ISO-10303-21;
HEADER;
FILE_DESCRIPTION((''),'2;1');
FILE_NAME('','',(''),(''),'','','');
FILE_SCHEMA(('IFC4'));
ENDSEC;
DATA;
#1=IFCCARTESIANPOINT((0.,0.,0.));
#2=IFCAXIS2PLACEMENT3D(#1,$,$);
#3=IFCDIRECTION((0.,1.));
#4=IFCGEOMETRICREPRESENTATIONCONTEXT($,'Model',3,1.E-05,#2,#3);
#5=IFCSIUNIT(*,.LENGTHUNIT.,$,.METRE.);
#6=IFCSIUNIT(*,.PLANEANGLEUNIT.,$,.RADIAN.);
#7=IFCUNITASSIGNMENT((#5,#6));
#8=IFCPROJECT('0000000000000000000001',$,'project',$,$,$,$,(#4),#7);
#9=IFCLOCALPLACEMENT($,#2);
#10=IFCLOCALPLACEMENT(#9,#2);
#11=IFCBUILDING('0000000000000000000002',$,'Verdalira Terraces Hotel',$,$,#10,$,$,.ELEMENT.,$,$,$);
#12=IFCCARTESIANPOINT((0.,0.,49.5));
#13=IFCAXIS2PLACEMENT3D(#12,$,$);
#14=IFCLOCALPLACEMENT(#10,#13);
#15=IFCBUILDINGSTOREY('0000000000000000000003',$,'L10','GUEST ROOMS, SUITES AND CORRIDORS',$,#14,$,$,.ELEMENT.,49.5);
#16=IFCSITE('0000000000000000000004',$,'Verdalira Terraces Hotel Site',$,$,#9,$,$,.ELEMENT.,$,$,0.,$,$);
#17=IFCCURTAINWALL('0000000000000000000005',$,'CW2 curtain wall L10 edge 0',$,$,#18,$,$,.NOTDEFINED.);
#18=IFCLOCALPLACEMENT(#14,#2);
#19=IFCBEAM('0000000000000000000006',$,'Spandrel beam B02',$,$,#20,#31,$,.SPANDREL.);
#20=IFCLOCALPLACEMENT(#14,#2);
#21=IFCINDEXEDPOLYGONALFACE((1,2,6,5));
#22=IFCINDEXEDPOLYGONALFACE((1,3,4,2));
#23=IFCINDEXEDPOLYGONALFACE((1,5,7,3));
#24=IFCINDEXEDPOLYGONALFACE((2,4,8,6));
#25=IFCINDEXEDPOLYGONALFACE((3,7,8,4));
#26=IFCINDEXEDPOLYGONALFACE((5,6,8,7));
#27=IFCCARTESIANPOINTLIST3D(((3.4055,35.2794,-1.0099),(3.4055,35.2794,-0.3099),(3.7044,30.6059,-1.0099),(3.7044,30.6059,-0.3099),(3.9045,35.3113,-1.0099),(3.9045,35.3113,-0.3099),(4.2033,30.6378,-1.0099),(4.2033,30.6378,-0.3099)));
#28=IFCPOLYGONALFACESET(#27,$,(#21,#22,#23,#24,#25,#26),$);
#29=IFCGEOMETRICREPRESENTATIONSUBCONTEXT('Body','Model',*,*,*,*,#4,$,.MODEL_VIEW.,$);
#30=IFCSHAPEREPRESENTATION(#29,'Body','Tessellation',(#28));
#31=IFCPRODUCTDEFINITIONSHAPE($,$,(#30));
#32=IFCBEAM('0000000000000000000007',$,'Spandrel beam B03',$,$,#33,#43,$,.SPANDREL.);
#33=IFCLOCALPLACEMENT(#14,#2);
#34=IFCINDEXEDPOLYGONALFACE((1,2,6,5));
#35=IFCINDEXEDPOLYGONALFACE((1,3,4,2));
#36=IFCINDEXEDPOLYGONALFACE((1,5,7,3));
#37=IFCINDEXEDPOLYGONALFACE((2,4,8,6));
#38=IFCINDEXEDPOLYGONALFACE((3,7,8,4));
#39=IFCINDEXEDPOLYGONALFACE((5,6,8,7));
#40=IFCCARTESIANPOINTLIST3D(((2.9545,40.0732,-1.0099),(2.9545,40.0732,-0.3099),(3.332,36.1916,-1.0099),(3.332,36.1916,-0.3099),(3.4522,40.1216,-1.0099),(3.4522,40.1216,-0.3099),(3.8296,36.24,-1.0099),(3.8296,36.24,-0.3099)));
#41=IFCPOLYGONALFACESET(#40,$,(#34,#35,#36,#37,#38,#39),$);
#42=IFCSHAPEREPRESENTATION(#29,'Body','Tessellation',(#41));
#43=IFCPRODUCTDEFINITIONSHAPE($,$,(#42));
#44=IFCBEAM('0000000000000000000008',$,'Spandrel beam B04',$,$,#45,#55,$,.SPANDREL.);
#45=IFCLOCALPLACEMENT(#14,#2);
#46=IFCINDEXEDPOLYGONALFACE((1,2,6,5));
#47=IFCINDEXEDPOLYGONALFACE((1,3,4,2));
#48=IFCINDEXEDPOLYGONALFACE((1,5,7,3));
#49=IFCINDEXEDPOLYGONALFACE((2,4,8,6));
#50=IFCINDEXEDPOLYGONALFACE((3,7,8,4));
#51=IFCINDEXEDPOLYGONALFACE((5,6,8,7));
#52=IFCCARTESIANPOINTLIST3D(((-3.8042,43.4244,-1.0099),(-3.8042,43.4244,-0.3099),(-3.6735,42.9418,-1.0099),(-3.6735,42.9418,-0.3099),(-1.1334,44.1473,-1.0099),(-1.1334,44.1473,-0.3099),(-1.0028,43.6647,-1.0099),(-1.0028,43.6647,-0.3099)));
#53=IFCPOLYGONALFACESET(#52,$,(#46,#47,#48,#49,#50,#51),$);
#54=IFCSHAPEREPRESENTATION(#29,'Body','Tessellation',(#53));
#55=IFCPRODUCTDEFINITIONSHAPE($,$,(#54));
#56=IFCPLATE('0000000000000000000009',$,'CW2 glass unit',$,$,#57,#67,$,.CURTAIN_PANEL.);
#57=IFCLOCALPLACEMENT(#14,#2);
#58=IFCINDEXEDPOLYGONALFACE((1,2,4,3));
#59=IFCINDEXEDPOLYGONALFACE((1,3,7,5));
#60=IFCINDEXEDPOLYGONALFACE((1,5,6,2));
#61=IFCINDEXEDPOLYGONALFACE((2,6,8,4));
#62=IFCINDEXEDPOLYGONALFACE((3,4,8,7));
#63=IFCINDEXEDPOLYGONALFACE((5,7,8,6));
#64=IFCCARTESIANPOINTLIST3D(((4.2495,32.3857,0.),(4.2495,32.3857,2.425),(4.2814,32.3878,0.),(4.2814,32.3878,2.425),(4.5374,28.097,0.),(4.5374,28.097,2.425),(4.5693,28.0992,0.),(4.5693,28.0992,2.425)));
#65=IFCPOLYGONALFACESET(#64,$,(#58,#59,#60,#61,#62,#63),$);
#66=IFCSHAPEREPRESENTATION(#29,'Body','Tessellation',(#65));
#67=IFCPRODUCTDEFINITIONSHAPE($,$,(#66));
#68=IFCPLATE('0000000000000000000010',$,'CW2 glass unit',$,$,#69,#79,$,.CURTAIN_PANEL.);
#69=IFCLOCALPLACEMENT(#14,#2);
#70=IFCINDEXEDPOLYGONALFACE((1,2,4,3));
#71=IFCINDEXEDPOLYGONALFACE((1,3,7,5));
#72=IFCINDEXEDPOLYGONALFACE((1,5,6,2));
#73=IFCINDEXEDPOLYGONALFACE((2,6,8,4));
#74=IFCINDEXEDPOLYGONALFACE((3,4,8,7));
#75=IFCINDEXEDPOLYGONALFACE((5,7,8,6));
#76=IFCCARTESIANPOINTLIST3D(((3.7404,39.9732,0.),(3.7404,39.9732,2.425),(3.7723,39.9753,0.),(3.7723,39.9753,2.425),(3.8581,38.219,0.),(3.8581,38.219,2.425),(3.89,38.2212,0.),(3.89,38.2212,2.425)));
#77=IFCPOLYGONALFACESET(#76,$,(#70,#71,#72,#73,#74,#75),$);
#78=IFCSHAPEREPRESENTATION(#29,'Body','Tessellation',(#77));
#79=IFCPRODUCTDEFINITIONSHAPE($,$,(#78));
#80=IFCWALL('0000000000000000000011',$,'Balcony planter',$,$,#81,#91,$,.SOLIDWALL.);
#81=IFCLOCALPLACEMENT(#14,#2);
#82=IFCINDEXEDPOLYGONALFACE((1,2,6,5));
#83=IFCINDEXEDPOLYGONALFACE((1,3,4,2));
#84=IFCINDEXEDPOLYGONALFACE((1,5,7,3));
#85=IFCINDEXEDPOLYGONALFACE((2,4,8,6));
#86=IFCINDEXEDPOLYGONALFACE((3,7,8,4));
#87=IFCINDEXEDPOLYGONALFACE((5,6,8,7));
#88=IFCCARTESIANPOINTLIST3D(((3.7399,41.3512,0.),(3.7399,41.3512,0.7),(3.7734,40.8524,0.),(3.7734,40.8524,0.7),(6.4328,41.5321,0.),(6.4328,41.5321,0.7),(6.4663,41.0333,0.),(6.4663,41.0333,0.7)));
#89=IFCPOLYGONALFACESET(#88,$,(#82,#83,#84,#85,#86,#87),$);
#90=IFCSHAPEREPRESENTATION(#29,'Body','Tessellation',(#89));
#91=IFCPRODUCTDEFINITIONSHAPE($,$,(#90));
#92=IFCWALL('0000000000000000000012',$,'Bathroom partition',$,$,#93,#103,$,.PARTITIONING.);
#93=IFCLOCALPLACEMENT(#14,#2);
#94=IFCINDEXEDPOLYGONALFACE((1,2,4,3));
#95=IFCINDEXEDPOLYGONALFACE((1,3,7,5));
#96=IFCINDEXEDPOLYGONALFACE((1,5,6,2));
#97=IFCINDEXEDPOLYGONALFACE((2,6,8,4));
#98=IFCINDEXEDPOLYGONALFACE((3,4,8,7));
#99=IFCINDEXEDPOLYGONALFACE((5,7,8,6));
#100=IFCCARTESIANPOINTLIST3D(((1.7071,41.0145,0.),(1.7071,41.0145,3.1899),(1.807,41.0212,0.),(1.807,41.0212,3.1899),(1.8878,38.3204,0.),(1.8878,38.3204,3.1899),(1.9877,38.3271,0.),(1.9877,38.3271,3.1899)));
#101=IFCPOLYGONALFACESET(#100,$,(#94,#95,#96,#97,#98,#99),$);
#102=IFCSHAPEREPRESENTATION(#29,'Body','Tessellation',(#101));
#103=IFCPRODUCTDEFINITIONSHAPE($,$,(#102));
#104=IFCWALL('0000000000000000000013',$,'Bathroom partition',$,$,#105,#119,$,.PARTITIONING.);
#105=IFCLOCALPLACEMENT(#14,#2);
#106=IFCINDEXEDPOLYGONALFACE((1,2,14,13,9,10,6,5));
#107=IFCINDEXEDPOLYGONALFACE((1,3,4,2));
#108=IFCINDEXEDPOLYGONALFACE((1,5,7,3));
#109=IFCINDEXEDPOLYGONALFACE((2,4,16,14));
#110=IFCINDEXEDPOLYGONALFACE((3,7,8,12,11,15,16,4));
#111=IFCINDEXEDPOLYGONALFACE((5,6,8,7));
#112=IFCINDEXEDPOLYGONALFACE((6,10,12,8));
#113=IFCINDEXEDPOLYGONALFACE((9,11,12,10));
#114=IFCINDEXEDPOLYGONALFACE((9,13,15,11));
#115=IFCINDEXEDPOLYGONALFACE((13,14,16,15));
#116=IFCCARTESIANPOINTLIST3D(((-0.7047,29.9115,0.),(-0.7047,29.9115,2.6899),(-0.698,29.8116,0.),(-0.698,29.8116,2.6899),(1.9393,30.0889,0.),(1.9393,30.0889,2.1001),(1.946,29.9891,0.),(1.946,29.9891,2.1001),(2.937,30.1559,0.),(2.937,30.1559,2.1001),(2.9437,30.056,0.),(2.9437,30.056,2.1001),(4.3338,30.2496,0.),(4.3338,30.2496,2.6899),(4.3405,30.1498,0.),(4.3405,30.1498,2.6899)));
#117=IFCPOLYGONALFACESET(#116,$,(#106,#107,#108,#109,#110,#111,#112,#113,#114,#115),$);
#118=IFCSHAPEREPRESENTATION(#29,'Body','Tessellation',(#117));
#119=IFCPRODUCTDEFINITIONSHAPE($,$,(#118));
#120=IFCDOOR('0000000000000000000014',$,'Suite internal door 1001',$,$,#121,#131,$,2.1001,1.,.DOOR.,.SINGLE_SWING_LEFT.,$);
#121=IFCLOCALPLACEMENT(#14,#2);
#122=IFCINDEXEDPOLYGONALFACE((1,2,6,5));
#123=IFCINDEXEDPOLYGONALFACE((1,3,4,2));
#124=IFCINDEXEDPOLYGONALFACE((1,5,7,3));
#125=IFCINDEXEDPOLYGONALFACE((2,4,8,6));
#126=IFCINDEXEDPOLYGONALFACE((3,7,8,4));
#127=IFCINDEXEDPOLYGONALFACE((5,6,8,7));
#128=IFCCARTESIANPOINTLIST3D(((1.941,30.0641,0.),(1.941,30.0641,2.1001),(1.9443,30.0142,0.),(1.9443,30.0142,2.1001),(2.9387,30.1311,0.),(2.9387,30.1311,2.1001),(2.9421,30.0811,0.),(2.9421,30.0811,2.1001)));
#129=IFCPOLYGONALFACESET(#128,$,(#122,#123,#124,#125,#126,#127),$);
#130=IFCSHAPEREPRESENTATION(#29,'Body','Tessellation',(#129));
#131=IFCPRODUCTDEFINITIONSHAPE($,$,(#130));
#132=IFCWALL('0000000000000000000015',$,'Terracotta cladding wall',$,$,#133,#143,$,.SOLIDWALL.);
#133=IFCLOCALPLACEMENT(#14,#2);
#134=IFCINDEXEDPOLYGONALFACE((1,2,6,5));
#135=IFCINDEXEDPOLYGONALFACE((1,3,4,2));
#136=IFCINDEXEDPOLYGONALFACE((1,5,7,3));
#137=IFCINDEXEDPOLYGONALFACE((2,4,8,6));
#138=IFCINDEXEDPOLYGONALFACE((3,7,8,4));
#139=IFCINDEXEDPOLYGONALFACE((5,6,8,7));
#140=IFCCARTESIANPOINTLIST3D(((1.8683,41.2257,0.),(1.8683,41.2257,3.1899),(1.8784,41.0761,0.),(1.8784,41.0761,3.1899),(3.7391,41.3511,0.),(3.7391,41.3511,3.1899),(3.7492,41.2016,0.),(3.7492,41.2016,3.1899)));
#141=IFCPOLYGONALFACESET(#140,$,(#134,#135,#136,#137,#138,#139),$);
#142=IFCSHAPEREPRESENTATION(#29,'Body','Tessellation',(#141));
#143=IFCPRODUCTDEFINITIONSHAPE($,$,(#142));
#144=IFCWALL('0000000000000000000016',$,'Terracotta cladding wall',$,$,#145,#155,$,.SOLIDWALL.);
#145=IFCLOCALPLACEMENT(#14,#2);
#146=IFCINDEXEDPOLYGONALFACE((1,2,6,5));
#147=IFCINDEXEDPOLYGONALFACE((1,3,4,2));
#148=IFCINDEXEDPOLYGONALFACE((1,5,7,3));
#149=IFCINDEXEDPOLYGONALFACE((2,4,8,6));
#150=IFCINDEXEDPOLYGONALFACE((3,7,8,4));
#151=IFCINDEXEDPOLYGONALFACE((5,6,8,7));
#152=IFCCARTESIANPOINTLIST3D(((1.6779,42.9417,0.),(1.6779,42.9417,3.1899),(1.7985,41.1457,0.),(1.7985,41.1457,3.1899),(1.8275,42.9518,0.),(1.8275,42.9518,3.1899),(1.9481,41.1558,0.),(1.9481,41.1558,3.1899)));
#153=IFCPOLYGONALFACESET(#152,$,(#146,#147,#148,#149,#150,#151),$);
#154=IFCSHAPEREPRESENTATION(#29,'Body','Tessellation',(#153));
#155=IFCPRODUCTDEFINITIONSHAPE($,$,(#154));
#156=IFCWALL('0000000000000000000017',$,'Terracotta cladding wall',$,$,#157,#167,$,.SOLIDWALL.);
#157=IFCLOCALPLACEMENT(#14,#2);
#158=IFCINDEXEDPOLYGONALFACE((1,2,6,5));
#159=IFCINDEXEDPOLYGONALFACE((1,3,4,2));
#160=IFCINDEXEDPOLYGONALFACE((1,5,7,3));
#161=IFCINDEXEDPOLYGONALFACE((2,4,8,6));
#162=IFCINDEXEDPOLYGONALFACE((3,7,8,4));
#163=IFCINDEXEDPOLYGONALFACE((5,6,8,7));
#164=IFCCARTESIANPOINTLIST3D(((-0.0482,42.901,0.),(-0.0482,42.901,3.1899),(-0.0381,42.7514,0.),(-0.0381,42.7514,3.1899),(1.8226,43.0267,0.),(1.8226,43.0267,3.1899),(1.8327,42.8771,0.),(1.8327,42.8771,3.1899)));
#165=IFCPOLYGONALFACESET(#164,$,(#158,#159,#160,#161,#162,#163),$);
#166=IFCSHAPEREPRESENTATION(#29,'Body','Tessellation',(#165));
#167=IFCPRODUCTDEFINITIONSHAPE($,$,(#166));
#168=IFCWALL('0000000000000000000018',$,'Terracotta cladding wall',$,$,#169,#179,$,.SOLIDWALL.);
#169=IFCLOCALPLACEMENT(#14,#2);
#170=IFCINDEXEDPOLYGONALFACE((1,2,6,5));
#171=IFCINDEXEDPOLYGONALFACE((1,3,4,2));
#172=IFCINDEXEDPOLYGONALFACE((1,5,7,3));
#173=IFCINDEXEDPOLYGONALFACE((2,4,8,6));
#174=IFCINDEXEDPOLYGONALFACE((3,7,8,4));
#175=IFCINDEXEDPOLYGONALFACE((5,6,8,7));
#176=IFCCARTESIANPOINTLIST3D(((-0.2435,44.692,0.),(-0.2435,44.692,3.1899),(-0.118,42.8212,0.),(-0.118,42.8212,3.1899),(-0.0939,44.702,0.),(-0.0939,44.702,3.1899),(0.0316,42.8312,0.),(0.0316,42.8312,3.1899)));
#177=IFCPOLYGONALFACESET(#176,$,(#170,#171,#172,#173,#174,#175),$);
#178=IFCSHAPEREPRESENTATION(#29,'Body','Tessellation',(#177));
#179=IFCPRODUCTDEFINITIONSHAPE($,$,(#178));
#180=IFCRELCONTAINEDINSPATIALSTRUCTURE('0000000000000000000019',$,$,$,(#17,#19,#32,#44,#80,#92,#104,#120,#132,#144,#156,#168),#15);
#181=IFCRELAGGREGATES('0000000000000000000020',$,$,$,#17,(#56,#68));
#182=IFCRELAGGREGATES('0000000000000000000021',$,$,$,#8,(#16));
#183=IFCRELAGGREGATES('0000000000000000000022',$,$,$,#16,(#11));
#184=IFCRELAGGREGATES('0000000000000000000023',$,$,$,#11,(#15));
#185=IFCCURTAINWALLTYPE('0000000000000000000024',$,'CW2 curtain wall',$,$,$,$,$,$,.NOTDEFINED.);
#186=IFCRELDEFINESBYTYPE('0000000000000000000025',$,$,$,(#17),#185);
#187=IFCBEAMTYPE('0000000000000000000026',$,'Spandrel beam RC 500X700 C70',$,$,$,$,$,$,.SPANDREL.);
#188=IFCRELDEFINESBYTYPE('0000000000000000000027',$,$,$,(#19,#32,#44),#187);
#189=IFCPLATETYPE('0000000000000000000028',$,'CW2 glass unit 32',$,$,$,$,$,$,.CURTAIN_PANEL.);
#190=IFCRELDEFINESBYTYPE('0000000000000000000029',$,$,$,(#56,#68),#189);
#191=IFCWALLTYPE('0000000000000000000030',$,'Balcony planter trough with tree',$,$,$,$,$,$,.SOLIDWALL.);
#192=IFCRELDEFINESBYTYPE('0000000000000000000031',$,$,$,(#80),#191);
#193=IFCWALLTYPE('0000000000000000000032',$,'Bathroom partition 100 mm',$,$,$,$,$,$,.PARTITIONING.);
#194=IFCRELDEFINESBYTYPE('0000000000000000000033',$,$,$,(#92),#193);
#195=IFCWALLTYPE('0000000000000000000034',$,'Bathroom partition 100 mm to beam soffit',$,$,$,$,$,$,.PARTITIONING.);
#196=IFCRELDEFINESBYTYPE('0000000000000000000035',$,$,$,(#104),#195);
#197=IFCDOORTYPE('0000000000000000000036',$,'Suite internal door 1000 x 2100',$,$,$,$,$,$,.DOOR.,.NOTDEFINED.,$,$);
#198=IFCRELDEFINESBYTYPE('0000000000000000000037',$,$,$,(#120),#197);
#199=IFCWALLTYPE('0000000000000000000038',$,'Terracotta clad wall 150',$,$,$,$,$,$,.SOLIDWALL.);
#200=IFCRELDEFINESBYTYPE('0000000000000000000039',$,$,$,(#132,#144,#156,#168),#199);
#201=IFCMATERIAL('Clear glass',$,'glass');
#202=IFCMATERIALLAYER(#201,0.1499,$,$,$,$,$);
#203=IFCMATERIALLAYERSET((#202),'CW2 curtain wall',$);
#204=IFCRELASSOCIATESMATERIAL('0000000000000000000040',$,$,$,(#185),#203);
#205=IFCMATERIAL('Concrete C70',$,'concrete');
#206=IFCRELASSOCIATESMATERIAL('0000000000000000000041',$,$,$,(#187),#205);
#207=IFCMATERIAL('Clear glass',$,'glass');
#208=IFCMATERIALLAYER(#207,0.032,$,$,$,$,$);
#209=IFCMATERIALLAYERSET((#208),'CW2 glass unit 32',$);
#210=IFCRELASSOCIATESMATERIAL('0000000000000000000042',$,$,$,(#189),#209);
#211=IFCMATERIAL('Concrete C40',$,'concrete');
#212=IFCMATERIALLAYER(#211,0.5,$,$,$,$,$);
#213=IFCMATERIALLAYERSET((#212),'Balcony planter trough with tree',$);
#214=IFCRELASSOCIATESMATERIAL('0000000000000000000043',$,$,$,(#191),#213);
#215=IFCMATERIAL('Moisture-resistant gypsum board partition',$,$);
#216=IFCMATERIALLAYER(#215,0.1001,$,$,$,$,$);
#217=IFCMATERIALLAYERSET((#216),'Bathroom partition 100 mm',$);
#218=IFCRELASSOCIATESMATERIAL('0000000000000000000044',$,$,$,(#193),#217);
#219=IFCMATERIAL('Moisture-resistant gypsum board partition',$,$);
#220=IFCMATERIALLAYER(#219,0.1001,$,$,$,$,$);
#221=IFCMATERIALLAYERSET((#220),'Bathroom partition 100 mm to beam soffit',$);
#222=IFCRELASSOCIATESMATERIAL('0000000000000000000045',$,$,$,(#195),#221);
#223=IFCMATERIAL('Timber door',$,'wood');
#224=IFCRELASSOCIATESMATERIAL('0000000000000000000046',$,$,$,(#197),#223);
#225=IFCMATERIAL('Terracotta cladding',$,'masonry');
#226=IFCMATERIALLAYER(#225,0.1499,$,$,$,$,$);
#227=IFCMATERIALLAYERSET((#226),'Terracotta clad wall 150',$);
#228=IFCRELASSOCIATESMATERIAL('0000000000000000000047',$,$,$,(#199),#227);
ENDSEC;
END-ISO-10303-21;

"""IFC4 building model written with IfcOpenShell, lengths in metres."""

from ifc_helpers import new_model, si_unit, direction, frame, frame_2d, origin, origin_2d, place, context, subcontext, project, spatial, rectangle, extrude, material, layer, layer_set, material_profile, profile_set, type_object, element, fill, aggregate, save


model = new_model("IFC4")

# Units and contexts
model_context = context("Model", 3, precision=1e-05, world=origin(), true_north=direction((0.0, 1.0)))
body_context = subcontext(model_context, "Body", "Model", "MODEL_VIEW")
ifc_project = project(units=[si_unit("LENGTHUNIT", "METRE"), si_unit("PLANEANGLEUNIT", "RADIAN")], contexts=[model_context])

# Site, building, storey
site_placement = place(None, origin())
site = spatial("IfcSite", under=ifc_project, at=site_placement, Name="Verdalira Terraces Hotel Site", CompositionType="ELEMENT", RefElevation=0.0)
building_placement = place(site_placement, origin())
building = spatial("IfcBuilding", under=site, at=building_placement, Name="Verdalira Terraces Hotel", CompositionType="ELEMENT")
storey_placement = place(building_placement, frame((0.0, 0.0, 49.5)))
storey = spatial("IfcBuildingStorey", under=building, at=storey_placement, Name="L10", Description="GUEST ROOMS, SUITES AND CORRIDORS", CompositionType="ELEMENT", Elevation=49.5)

# Curtain wall
ifc_material_1 = material(Name="Clear glass", Category="glass")
ifc_layer_1 = layer(ifc_material_1, 0.1499)
ifc_layer_set_1 = layer_set([ifc_layer_1], Name="CW2 curtain wall")
curtain_wall_type_1 = type_object("IfcCurtainWallType", Name="CW2 curtain wall", PredefinedType="NOTDEFINED", material=ifc_layer_set_1)
curtain_wall_1_placement = place(storey_placement, origin())
curtain_wall_1 = element("IfcCurtainWall", 1, at=curtain_wall_1_placement, inside=storey, type_object=curtain_wall_type_1, Name="CW2 curtain wall L10 edge 0", PredefinedType="NOTDEFINED")

# Beams
ifc_material_2 = material(Name="Concrete C70", Category="concrete")
ifc_material_profile_1 = material_profile(ifc_material_2, rectangle(XDim=0.5, YDim=0.7, at=origin_2d()), Name="RC 500X700")
ifc_profile_set_1 = profile_set([ifc_material_profile_1], Name="Concrete C70")
beam_type_1 = type_object("IfcBeamType", Name="Spandrel beam RC 500X700 C70", PredefinedType="SPANDREL", material=ifc_profile_set_1)
beam_1_placement = place(storey_placement, frame((3.9539, 30.6218, -0.6599), z_axis=(-0.06381, 0.997962, 0.0), x_axis=(-0.997962, -0.06381, 0.0)))
element("IfcBeam", 2, at=beam_1_placement, inside=storey, type_object=beam_type_1, Name="Spandrel beam B02", PredefinedType="SPANDREL", context=body_context, shape_type="SweptSolid", body=[
    extrude(rectangle(XDim=0.5, YDim=0.7, at=origin_2d()), origin(), (0.0, 0.0, 1.0), 4.6831),
])
beam_2_placement = place(storey_placement, frame((3.5808, 36.2158, -0.6599), z_axis=(-0.096782, 0.995306, 0.0), x_axis=(-0.995306, -0.096782, 0.0)))
element("IfcBeam", 3, at=beam_2_placement, inside=storey, type_object=beam_type_1, Name="Spandrel beam B03", PredefinedType="SPANDREL", context=body_context, shape_type="SweptSolid", body=[
    extrude(rectangle(XDim=0.5, YDim=0.7, at=origin_2d()), origin(), (0.0, 0.0, 1.0), 3.8999),
])
beam_3_placement = place(storey_placement, frame((-1.0681, 43.906, -0.6599), z_axis=(-0.965263, -0.26128, 0.0), x_axis=(0.26128, -0.965263, 0.0)))
element("IfcBeam", 4, at=beam_3_placement, inside=storey, type_object=beam_type_1, Name="Spandrel beam B04", PredefinedType="SPANDREL", context=body_context, shape_type="SweptSolid", body=[
    extrude(rectangle(XDim=0.5, YDim=0.7, at=origin_2d()), origin(), (0.0, 0.0, 1.0), 2.7668),
])

# Plates
ifc_material_3 = material(Name="Clear glass", Category="glass")
ifc_layer_2 = layer(ifc_material_3, 0.032)
ifc_layer_set_2 = layer_set([ifc_layer_2], Name="CW2 glass unit 32")
plate_type = type_object("IfcPlateType", Name="CW2 glass unit 32", PredefinedType="CURTAIN_PANEL", material=ifc_layer_set_2)
plate_1_placement = place(storey_placement, frame((4.4094, 30.2424, 0.0), z_axis=(0.0, 0.0, 1.0), x_axis=(-0.06697, 0.997755, 0.0)))
plate_1 = element("IfcPlate", 5, at=plate_1_placement, type_object=plate_type, Name="CW2 glass unit", PredefinedType="CURTAIN_PANEL", context=body_context, shape_type="SweptSolid", body=[
    extrude(rectangle(XDim=4.2983, YDim=0.032, at=origin_2d()), origin(), (0.0, 0.0, 1.0), 2.425),
])
plate_2_placement = place(storey_placement, frame((3.8152, 39.0972, 0.0), z_axis=(0.0, 0.0, 1.0), x_axis=(-0.06697, 0.997755, 0.0)))
plate_2 = element("IfcPlate", 6, at=plate_2_placement, type_object=plate_type, Name="CW2 glass unit", PredefinedType="CURTAIN_PANEL", context=body_context, shape_type="SweptSolid", body=[
    extrude(rectangle(XDim=1.7581, YDim=0.032, at=origin_2d()), origin(), (0.0, 0.0, 1.0), 2.425),
])
aggregate(curtain_wall_1, [plate_1, plate_2])

# Walls
ifc_material_4 = material(Name="Concrete C40", Category="concrete")
ifc_layer_3 = layer(ifc_material_4, 0.5)
ifc_layer_set_3 = layer_set([ifc_layer_3], Name="Balcony planter trough with tree")
wall_type_1 = type_object("IfcWallType", Name="Balcony planter trough with tree", PredefinedType="SOLIDWALL", material=ifc_layer_set_3)
wall_1_placement = place(storey_placement, frame((6.4497, 41.2827, 0.0), z_axis=(0.0, 0.0, 1.0), x_axis=(-0.997751, -0.067029, 0.0)))
element("IfcWall", 7, at=wall_1_placement, inside=storey, type_object=wall_type_1, Name="Balcony planter", PredefinedType="SOLIDWALL", context=body_context, shape_type="SweptSolid", body=[
    extrude(rectangle(XDim=2.699, YDim=0.5, at=frame_2d((1.3496, 0.0))), origin(), (0.0, 0.0, 1.0), 0.7),
])
ifc_material_5 = material(Name="Moisture-resistant gypsum board partition")
ifc_layer_4 = layer(ifc_material_5, 0.1001)
ifc_layer_set_4 = layer_set([ifc_layer_4], Name="Bathroom partition 100 mm")
wall_type_2 = type_object("IfcWallType", Name="Bathroom partition 100 mm", PredefinedType="PARTITIONING", material=ifc_layer_set_4)
wall_2_placement = place(storey_placement, frame((1.9377, 38.3237, 0.0), z_axis=(0.0, 0.0, 1.0), x_axis=(-0.066909, 0.997759, 0.0)))
element("IfcWall", 8, at=wall_2_placement, inside=storey, type_object=wall_type_2, Name="Bathroom partition", PredefinedType="PARTITIONING", context=body_context, shape_type="SweptSolid", body=[
    extrude(rectangle(XDim=2.7002, YDim=0.1001, at=frame_2d((1.3501, 0.0))), origin(), (0.0, 0.0, 1.0), 3.1899),
])

# Wall, opening, door
ifc_material_6 = material(Name="Moisture-resistant gypsum board partition")
ifc_layer_5 = layer(ifc_material_6, 0.1001)
ifc_layer_set_5 = layer_set([ifc_layer_5], Name="Bathroom partition 100 mm to beam soffit")
wall_type_3 = type_object("IfcWallType", Name="Bathroom partition 100 mm to beam soffit", PredefinedType="PARTITIONING", material=ifc_layer_set_5)
wall_3_placement = place(storey_placement, frame((4.3372, 30.1997, 0.0), z_axis=(0.0, 0.0, 1.0), x_axis=(-0.997756, -0.066959, 0.0)))
wall_3 = element("IfcWall", 9, at=wall_3_placement, inside=storey, type_object=wall_type_3, Name="Bathroom partition", PredefinedType="PARTITIONING", context=body_context, shape_type="SweptSolid", body=[
    extrude(rectangle(XDim=5.0498, YDim=0.1001, at=frame_2d((2.5249, 0.0))), origin(), (0.0, 0.0, 1.0), 2.6899),
])
opening_1_placement = place(wall_3_placement, frame((1.3999, 0.0, 0.0)))
opening_1 = element("IfcOpeningElement", 10, at=opening_1_placement, cuts=wall_3, PredefinedType="OPENING", context=body_context, shape_type="SweptSolid", body=[
    extrude(rectangle(XDim=1.0, YDim=2.1001, at=frame_2d((0.5, 1.05))), frame((0.0, 0.0601, 0.0), z_axis=(0.0, -1.0, 0.0), x_axis=(1.0, 0.0, 0.0)), (0.0, 0.0, 1.0), 0.1201),
])
ifc_material_7 = material(Name="Timber door", Category="wood")
door_type_1 = type_object("IfcDoorType", Name="Suite internal door 1000 x 2100", OperationType="NOTDEFINED", PredefinedType="DOOR", material=ifc_material_7)
door_1_placement = place(opening_1_placement, origin())
door_1 = element("IfcDoor", 11, at=door_1_placement, inside=storey, type_object=door_type_1, Name="Suite internal door 1001", OperationType="SINGLE_SWING_LEFT", OverallHeight=2.1001, OverallWidth=1.0, PredefinedType="DOOR", context=body_context, shape_type="SweptSolid", body=[
    extrude(rectangle(XDim=1.0, YDim=2.1001, at=frame_2d((0.5, 1.05))), frame((0.0, 0.0249, 0.0), z_axis=(0.0, -1.0, 0.0), x_axis=(1.0, 0.0, 0.0)), (0.0, 0.0, 1.0), 0.05),
])
fill(opening_1, door_1)

# Walls
ifc_material_8 = material(Name="Terracotta cladding", Category="masonry")
ifc_layer_6 = layer(ifc_material_8, 0.1499)
ifc_layer_set_6 = layer_set([ifc_layer_6], Name="Terracotta clad wall 150")
wall_type_4 = type_object("IfcWallType", Name="Terracotta clad wall 150", PredefinedType="SOLIDWALL", material=ifc_layer_set_6)
wall_4_placement = place(storey_placement, frame((3.7441, 41.2764, 0.0), z_axis=(0.0, 0.0, 1.0), x_axis=(-0.997758, -0.066925, 0.0)))
element("IfcWall", 12, at=wall_4_placement, inside=storey, type_object=wall_type_4, Name="Terracotta cladding wall", PredefinedType="SOLIDWALL", context=body_context, shape_type="SweptSolid", body=[
    extrude(rectangle(XDim=1.875, YDim=0.1499, at=frame_2d((0.9375, 0.0))), origin(), (0.0, 0.0, 1.0), 3.1899),
])
wall_5_placement = place(storey_placement, frame((1.8733, 41.1509, 0.0), z_axis=(0.0, 0.0, 1.0), x_axis=(-0.067005, 0.997753, 0.0)))
element("IfcWall", 13, at=wall_5_placement, inside=storey, type_object=wall_type_4, Name="Terracotta cladding wall", PredefinedType="SOLIDWALL", context=body_context, shape_type="SweptSolid", body=[
    extrude(rectangle(XDim=1.8, YDim=0.1499, at=frame_2d((0.8999, 0.0))), origin(), (0.0, 0.0, 1.0), 3.1899),
])
for number, where, z_axis, x_axis, name in (
    (14, (1.8276, 42.9519, 0.0), (0.0, 0.0, 1.0), (-0.997749, -0.067055, 0.0), "Terracotta cladding wall"),
    (15, (-0.0432, 42.8262, 0.0), (0.0, 0.0, 1.0), (-0.066925, 0.997758, 0.0), "Terracotta cladding wall"),
):
    element("IfcWall", number, at=place(storey_placement, frame(where, z_axis=z_axis, x_axis=x_axis)), inside=storey, type_object=wall_type_4, Name=name, PredefinedType="SOLIDWALL", context=body_context, shape_type="SweptSolid", body=[
        extrude(rectangle(XDim=1.875, YDim=0.1499, at=frame_2d((0.9375, 0.0))), origin(), (0.0, 0.0, 1.0), 3.1899),
    ])

save(model, "model.ifc")
